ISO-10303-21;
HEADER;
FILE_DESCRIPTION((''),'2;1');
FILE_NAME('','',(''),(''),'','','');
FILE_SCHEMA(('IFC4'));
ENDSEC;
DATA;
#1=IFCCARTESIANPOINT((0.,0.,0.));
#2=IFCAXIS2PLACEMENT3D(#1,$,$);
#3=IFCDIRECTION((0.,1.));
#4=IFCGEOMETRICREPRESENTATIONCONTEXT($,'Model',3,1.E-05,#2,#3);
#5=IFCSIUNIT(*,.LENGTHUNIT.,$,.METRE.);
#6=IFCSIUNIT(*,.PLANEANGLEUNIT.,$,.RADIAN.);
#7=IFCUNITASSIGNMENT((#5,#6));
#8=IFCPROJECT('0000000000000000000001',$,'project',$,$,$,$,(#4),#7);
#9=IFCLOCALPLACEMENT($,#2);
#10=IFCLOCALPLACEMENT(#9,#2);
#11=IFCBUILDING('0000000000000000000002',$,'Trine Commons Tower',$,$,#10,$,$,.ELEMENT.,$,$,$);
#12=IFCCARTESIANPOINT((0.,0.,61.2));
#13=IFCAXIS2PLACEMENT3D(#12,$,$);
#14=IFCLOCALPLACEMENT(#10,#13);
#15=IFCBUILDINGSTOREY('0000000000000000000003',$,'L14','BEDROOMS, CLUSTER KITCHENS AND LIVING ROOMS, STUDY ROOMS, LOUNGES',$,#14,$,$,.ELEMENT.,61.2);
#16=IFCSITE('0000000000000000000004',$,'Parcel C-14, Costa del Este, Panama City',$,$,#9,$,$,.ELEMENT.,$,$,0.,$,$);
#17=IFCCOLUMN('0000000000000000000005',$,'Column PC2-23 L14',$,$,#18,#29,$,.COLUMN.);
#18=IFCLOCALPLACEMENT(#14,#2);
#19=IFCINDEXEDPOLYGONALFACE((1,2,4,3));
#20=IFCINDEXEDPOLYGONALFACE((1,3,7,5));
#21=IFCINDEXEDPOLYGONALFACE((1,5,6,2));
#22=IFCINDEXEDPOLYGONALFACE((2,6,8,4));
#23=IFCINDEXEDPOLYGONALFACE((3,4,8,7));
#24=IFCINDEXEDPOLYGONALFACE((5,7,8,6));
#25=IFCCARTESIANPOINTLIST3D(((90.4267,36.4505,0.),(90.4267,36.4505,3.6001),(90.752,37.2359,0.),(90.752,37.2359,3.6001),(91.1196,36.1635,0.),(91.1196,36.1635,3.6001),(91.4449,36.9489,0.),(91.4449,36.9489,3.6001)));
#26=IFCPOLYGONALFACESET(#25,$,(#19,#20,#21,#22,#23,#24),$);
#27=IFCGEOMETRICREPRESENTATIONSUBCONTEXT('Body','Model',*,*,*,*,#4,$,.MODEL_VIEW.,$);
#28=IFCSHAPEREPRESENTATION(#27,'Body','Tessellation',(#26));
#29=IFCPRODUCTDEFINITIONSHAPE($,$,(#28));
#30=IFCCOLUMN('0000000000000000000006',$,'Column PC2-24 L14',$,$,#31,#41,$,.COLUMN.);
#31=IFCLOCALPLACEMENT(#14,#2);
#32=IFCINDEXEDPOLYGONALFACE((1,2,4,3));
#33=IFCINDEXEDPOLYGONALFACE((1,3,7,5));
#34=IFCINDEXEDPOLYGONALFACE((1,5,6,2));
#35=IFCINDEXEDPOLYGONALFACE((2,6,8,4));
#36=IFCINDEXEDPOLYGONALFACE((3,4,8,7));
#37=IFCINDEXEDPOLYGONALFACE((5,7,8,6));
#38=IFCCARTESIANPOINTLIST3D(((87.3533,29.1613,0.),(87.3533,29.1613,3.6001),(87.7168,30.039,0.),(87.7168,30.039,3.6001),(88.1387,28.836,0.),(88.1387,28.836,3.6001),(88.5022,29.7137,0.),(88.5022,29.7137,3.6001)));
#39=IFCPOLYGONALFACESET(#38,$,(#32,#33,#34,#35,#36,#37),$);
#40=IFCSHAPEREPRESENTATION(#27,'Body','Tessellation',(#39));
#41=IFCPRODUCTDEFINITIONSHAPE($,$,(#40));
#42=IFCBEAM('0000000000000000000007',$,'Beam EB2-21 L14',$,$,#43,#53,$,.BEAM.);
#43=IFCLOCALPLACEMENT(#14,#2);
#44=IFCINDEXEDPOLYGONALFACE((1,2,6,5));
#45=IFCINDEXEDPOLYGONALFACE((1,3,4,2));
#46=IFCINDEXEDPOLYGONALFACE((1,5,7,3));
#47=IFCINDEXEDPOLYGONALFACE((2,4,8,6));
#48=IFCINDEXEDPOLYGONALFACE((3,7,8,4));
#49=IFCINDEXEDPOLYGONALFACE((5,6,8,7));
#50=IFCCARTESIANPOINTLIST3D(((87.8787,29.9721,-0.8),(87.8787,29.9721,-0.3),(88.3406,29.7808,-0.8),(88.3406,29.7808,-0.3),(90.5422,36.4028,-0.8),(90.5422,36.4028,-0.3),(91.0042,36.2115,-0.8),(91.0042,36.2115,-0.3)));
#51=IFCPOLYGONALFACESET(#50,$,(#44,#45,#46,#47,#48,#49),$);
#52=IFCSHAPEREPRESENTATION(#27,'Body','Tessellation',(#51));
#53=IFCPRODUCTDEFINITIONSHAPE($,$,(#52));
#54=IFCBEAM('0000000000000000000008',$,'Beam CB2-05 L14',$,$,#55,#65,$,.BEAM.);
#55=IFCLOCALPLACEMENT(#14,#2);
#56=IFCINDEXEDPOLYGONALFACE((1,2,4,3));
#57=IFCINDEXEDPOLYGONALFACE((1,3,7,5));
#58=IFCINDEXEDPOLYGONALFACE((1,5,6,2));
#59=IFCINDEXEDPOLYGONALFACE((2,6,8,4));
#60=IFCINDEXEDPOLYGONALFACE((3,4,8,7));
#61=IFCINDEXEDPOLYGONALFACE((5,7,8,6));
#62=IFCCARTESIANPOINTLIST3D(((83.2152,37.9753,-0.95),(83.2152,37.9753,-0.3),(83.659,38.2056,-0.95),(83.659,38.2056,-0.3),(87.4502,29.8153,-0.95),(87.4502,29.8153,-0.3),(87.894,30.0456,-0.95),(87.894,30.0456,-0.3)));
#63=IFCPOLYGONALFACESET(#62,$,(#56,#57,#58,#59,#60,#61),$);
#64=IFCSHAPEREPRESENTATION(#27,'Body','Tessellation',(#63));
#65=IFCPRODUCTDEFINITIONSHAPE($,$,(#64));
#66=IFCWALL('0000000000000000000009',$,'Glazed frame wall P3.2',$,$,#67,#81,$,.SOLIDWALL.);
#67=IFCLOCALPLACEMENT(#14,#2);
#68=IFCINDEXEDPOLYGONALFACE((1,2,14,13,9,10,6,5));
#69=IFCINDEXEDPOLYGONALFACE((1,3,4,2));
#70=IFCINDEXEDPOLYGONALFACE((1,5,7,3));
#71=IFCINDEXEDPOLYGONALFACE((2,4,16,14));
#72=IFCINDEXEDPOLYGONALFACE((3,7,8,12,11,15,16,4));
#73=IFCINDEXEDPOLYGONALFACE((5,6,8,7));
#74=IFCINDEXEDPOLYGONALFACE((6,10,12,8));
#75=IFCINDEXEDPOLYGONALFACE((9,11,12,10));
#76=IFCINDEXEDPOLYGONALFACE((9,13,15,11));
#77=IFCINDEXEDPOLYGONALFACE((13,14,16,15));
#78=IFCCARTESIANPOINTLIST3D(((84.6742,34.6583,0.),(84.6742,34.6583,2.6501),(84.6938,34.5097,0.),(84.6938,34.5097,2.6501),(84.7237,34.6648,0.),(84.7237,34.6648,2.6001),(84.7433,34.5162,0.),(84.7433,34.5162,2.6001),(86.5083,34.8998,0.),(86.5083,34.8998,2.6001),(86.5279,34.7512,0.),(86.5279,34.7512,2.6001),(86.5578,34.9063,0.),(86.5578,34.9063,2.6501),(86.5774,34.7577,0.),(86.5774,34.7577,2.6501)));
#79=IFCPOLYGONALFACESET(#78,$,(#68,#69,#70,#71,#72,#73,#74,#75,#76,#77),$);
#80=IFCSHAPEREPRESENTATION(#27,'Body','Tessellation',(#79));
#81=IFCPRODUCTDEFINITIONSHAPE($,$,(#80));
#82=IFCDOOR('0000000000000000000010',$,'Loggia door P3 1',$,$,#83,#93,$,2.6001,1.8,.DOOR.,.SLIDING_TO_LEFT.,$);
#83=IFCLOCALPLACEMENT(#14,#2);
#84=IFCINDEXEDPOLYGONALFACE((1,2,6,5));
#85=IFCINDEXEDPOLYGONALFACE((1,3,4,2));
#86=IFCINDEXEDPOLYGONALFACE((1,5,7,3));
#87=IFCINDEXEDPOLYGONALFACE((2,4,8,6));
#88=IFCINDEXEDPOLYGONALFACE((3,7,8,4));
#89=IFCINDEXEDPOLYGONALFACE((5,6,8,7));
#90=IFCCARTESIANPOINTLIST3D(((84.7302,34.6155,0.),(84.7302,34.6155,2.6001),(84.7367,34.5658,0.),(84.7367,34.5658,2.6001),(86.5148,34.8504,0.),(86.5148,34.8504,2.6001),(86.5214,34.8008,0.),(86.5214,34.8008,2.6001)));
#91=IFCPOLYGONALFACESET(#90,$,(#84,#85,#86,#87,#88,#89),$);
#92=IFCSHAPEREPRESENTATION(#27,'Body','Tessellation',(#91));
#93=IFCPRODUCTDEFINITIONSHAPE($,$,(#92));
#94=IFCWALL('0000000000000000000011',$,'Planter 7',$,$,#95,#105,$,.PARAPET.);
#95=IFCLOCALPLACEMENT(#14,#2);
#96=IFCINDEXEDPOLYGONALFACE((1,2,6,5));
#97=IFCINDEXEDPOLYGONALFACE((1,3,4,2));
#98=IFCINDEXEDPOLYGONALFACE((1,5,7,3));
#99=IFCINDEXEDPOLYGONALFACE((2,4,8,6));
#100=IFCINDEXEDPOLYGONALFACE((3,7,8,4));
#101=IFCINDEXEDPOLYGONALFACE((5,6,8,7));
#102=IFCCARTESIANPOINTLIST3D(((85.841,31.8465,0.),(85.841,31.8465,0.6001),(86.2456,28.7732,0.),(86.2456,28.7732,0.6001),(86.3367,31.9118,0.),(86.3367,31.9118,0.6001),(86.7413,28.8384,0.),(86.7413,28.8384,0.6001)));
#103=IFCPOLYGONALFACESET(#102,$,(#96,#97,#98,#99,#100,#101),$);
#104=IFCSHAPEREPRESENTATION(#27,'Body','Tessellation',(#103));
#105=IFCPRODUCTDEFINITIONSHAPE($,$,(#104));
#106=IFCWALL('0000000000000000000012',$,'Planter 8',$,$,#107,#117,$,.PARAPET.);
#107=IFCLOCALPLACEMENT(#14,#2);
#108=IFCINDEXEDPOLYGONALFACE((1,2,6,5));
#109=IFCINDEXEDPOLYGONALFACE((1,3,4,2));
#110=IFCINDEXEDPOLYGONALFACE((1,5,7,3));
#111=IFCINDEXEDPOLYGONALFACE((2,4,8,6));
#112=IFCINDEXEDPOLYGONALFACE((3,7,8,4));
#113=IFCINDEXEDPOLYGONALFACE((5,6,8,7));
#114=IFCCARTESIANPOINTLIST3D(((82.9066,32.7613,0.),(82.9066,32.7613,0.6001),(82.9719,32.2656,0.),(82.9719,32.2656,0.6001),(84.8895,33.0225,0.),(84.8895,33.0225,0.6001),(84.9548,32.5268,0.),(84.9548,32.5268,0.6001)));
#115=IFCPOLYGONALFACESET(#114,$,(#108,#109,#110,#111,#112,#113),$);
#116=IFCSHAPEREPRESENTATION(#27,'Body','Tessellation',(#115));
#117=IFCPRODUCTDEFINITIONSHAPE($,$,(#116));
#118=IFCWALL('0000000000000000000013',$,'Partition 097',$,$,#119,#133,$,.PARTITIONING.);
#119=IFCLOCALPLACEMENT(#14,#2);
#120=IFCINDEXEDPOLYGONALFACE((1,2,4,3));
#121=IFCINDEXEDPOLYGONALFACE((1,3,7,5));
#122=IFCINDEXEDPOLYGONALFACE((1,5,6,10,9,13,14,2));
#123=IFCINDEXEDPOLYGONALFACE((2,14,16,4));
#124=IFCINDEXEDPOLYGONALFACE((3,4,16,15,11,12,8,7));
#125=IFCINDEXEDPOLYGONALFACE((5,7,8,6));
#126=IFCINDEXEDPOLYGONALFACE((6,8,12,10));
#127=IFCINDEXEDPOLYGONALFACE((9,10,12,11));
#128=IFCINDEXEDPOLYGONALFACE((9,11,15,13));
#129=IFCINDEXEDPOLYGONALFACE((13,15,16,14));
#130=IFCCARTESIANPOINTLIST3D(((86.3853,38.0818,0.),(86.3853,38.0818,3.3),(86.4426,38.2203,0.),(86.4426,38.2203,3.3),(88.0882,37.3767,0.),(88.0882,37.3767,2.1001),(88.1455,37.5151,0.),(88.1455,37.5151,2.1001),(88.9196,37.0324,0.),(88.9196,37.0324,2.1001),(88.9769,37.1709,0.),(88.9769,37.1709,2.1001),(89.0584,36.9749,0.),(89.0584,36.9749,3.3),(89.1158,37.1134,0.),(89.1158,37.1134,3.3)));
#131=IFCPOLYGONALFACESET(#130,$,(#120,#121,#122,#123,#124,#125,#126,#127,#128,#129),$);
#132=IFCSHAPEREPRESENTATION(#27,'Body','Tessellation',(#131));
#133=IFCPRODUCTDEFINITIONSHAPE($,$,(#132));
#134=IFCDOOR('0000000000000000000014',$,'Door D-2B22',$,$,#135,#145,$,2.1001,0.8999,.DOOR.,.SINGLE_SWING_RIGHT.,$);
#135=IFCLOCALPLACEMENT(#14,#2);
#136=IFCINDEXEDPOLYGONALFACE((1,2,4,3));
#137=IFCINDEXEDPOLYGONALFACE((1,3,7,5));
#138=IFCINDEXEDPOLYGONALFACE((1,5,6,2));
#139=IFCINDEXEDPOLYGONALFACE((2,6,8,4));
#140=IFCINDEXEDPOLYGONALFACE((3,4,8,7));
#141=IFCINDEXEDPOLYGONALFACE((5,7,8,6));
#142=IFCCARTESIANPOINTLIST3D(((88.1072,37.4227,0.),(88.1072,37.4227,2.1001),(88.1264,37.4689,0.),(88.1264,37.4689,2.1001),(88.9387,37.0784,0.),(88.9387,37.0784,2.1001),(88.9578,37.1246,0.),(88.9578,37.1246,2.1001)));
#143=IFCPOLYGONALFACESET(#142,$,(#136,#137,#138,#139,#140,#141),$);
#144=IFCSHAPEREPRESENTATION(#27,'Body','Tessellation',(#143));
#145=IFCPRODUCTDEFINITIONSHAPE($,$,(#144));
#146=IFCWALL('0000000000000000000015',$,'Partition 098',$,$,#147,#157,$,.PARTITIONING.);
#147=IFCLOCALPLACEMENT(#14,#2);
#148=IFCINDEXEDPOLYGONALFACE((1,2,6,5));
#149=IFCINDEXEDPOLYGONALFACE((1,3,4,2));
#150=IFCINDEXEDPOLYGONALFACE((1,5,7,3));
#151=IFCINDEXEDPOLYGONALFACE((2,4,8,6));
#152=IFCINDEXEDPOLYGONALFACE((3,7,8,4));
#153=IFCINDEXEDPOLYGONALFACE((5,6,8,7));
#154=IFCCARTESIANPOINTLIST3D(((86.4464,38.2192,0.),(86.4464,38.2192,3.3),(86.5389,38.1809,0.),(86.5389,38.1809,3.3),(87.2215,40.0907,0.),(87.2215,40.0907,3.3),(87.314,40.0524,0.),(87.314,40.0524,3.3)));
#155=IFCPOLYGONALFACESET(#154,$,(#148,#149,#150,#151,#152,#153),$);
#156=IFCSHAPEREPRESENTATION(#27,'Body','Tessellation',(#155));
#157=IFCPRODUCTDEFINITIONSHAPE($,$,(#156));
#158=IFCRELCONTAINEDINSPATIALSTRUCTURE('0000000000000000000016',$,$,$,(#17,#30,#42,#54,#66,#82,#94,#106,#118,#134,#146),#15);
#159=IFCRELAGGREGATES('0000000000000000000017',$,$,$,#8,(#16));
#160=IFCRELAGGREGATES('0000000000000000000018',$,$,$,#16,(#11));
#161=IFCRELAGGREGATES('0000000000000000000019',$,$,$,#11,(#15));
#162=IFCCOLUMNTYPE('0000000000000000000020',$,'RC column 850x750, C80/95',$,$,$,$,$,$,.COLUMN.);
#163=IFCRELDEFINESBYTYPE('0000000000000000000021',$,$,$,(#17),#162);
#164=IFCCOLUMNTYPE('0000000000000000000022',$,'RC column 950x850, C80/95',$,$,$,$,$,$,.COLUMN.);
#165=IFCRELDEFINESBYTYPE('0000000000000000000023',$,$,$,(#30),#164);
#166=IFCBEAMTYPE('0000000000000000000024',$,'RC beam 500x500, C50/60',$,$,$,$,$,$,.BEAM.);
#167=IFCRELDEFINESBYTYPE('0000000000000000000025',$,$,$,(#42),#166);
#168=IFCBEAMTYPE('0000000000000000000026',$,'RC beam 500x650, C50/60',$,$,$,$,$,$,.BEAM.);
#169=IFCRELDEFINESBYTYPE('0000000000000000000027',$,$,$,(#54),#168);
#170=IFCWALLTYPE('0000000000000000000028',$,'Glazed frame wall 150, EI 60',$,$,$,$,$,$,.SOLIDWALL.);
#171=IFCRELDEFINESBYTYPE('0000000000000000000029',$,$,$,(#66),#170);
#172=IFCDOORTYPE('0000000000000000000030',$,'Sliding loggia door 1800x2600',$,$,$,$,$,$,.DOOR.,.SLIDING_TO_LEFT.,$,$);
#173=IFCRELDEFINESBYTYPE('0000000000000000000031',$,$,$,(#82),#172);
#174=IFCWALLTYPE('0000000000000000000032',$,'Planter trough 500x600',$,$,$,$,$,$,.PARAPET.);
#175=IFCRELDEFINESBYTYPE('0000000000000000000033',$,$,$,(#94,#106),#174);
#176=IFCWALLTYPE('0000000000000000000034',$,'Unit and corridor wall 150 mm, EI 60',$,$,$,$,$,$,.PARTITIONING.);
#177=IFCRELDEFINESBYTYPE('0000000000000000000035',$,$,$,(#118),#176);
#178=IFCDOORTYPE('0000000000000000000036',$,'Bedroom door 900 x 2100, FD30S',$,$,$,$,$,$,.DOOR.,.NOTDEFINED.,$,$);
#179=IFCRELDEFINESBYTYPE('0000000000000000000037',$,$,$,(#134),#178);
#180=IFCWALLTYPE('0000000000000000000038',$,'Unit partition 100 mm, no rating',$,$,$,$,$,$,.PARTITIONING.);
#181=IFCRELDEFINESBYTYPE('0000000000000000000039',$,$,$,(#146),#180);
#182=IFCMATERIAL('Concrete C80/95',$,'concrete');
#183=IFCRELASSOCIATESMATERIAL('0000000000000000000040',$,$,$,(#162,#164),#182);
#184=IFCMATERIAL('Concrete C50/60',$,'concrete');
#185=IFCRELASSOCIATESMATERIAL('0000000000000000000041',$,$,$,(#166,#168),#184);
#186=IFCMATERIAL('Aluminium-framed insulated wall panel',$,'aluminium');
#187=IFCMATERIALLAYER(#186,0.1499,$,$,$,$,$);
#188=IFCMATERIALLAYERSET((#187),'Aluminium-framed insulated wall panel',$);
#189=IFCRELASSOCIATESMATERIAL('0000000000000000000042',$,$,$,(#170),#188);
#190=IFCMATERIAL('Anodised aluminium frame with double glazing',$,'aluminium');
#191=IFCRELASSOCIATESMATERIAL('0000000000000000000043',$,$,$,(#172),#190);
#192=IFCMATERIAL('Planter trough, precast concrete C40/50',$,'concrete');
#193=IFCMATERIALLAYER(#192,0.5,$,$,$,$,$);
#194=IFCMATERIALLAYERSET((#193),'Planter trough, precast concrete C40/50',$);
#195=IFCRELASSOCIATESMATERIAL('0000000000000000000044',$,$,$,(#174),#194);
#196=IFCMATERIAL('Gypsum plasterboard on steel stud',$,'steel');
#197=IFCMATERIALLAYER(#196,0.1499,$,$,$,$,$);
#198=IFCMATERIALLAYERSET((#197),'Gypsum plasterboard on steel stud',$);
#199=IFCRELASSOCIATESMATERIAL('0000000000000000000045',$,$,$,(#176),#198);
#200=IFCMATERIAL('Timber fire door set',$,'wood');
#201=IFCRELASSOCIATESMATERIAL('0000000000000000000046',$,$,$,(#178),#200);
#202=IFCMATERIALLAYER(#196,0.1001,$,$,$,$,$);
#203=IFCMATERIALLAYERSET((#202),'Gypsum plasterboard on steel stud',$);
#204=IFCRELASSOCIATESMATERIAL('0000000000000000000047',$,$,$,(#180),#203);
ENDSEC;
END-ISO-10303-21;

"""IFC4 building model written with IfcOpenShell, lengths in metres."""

from ifc_helpers import new_model, si_unit, direction, frame, frame_2d, origin, origin_2d, place, context, subcontext, project, spatial, polyline, rectangle, outline, extrude, material, layer, layer_set, material_profile, profile_set, type_object, element, fill, save


model = new_model("IFC4")

# Units and contexts
model_context = context("Model", 3, precision=1e-05, world=origin(), true_north=direction((0.0, 1.0)))
body_context = subcontext(model_context, "Body", "Model", "MODEL_VIEW")
ifc_project = project(units=[si_unit("LENGTHUNIT", "METRE"), si_unit("PLANEANGLEUNIT", "RADIAN")], contexts=[model_context])

# Site, building, storey
site_placement = place(None, origin())
site = spatial("IfcSite", under=ifc_project, at=site_placement, Name="Parcel C-14, Costa del Este, Panama City", CompositionType="ELEMENT", RefElevation=0.0)
building_placement = place(site_placement, origin())
building = spatial("IfcBuilding", under=site, at=building_placement, Name="Trine Commons Tower", CompositionType="ELEMENT")
storey_placement = place(building_placement, frame((0.0, 0.0, 61.2)))
storey = spatial("IfcBuildingStorey", under=building, at=storey_placement, Name="L14", Description="BEDROOMS, CLUSTER KITCHENS AND LIVING ROOMS, STUDY ROOMS, LOUNGES", CompositionType="ELEMENT", Elevation=61.2)

# Columns
ifc_material_1 = material(Name="Concrete C80/95", Category="concrete")
ifc_material_profile_1 = material_profile(ifc_material_1, rectangle(XDim=0.8501, YDim=0.75, at=origin_2d()), Name="RC 850x750")
ifc_profile_set_1 = profile_set([ifc_material_profile_1], Name="Concrete C80/95")
column_type_1 = type_object("IfcColumnType", Name="RC column 850x750, C80/95", PredefinedType="COLUMN", material=ifc_profile_set_1)
column_1_placement = place(storey_placement, frame((90.9358, 36.6997, 0.0), z_axis=(0.0, 0.0, 1.0), x_axis=(0.382683, 0.92388, 0.0)))
element("IfcColumn", 1, at=column_1_placement, inside=storey, type_object=column_type_1, Name="Column PC2-23 L14", PredefinedType="COLUMN", context=body_context, shape_type="SweptSolid", body=[
    extrude(rectangle(XDim=0.8501, YDim=0.75, at=origin_2d()), origin(), (0.0, 0.0, 1.0), 3.6001),
])
ifc_material_profile_2 = material_profile(ifc_material_1, rectangle(XDim=0.95, YDim=0.8501, at=origin_2d()), Name="RC 950x850")
ifc_profile_set_2 = profile_set([ifc_material_profile_2], Name="Concrete C80/95")
column_type_2 = type_object("IfcColumnType", Name="RC column 950x850, C80/95", PredefinedType="COLUMN", material=ifc_profile_set_2)
column_2_placement = place(storey_placement, frame((87.9277, 29.4375, 0.0), z_axis=(0.0, 0.0, 1.0), x_axis=(0.382683, 0.92388, 0.0)))
element("IfcColumn", 2, at=column_2_placement, inside=storey, type_object=column_type_2, Name="Column PC2-24 L14", PredefinedType="COLUMN", context=body_context, shape_type="SweptSolid", body=[
    extrude(rectangle(XDim=0.95, YDim=0.8501, at=origin_2d()), origin(), (0.0, 0.0, 1.0), 3.6001),
])

# Beams
ifc_material_2 = material(Name="Concrete C50/60", Category="concrete")
ifc_material_profile_3 = material_profile(ifc_material_2, rectangle(XDim=0.5, YDim=0.5, at=origin_2d()), Name="RC 500x500")
ifc_profile_set_3 = profile_set([ifc_material_profile_3], Name="Concrete C50/60")
beam_type_1 = type_object("IfcBeamType", Name="RC beam 500x500, C50/60", PredefinedType="BEAM", material=ifc_profile_set_3)
beam_1_placement = place(storey_placement, frame((90.7732, 36.3071, -0.55), z_axis=(-0.382672, -0.923884, 0.0), x_axis=(0.923884, -0.382672, 0.0)))
element("IfcBeam", 3, at=beam_1_placement, inside=storey, type_object=beam_type_1, Name="Beam EB2-21 L14", PredefinedType="BEAM", context=body_context, shape_type="SweptSolid", body=[
    extrude(rectangle(XDim=0.5, YDim=0.5, at=origin_2d()), origin(), (0.0, 0.0, 1.0), 6.9604),
])
ifc_material_profile_4 = material_profile(ifc_material_2, rectangle(XDim=0.5, YDim=0.6499, at=origin_2d()), Name="RC 500x650")
ifc_profile_set_4 = profile_set([ifc_material_profile_4], Name="Concrete C50/60")
beam_type_2 = type_object("IfcBeamType", Name="RC beam 500x650, C50/60", PredefinedType="BEAM", material=ifc_profile_set_4)
beam_2_placement = place(storey_placement, frame((87.6721, 29.9304, -0.625), z_axis=(-0.460653, 0.88758, 0.0), x_axis=(-0.88758, -0.460653, 0.0)))
element("IfcBeam", 4, at=beam_2_placement, inside=storey, type_object=beam_type_2, Name="Beam CB2-05 L14", PredefinedType="BEAM", context=body_context, shape_type="SweptSolid", body=[
    extrude(rectangle(XDim=0.5, YDim=0.6499, at=origin_2d()), origin(), (0.0, 0.0, 1.0), 9.1936),
])

# Shared definitions
ifc_material_3 = material(Name="Aluminium-framed insulated wall panel", Category="aluminium")
ifc_layer_1 = layer(ifc_material_3, 0.1499)
ifc_layer_set_1 = layer_set([ifc_layer_1], Name="Aluminium-framed insulated wall panel")
wall_type_1 = type_object("IfcWallType", Name="Glazed frame wall 150, EI 60", PredefinedType="SOLIDWALL", material=ifc_layer_set_1)

# Wall, opening, door
wall_1_placement = place(storey_placement, frame((86.5676, 34.832, 0.0), z_axis=(0.0, 0.0, 1.0), x_axis=(-0.991442, -0.130548, 0.0)))
wall_1 = element("IfcWall", 5, at=wall_1_placement, inside=storey, type_object=wall_type_1, Name="Glazed frame wall P3.2", PredefinedType="SOLIDWALL", context=body_context, shape_type="SweptSolid", body=[
    extrude(outline(polyline([(0.0, -0.075), (1.8999, -0.075), (1.8999, 0.075), (0.0, 0.075), (0.0, -0.075)])), origin(), (0.0, 0.0, 1.0), 2.6501),
])
opening_1_placement = place(wall_1_placement, frame((0.05, 0.0, 0.0)))
opening_1 = element("IfcOpeningElement", 6, at=opening_1_placement, cuts=wall_1, PredefinedType="OPENING", context=body_context, shape_type="SweptSolid", body=[
    extrude(rectangle(XDim=1.8, YDim=2.6001, at=frame_2d((0.8999, 1.3))), frame((0.0, 0.085, 0.0), z_axis=(0.0, -1.0, 0.0), x_axis=(1.0, 0.0, 0.0)), (0.0, 0.0, 1.0), 0.1699),
])
ifc_material_4 = material(Name="Anodised aluminium frame with double glazing", Category="aluminium")
door_type_1 = type_object("IfcDoorType", Name="Sliding loggia door 1800x2600", OperationType="SLIDING_TO_LEFT", PredefinedType="DOOR", material=ifc_material_4)
door_1_placement = place(opening_1_placement, origin())
door_1 = element("IfcDoor", 7, at=door_1_placement, inside=storey, type_object=door_type_1, Name="Loggia door P3 1", OperationType="SLIDING_TO_LEFT", OverallHeight=2.6001, OverallWidth=1.8, PredefinedType="DOOR", context=body_context, shape_type="SweptSolid", body=[
    extrude(rectangle(XDim=1.8, YDim=2.6001, at=frame_2d((0.8999, 1.3))), frame((0.0, 0.0249, 0.0), z_axis=(0.0, -1.0, 0.0), x_axis=(1.0, 0.0, 0.0)), (0.0, 0.0, 1.0), 0.05),
])
fill(opening_1, door_1)

# Walls
ifc_material_5 = material(Name="Planter trough, precast concrete C40/50", Category="concrete")
ifc_layer_2 = layer(ifc_material_5, 0.5)
ifc_layer_set_2 = layer_set([ifc_layer_2], Name="Planter trough, precast concrete C40/50")
wall_type_2 = type_object("IfcWallType", Name="Planter trough 500x600", PredefinedType="PARAPET", material=ifc_layer_set_2)
wall_2_placement = place(storey_placement, frame((86.4934, 28.8059, 0.0), z_axis=(0.0, 0.0, 1.0), x_axis=(-0.130507, 0.991447, 0.0)))
element("IfcWall", 8, at=wall_2_placement, inside=storey, type_object=wall_type_2, Name="Planter 7", PredefinedType="PARAPET", context=body_context, shape_type="SweptSolid", body=[
    extrude(rectangle(XDim=3.0999, YDim=0.5, at=frame_2d((1.5498, 0.0))), origin(), (0.0, 0.0, 1.0), 0.6001),
])
wall_3_placement = place(storey_placement, frame((84.9221, 32.7747, 0.0), z_axis=(0.0, 0.0, 1.0), x_axis=(-0.991434, -0.130612, 0.0)))
element("IfcWall", 9, at=wall_3_placement, inside=storey, type_object=wall_type_2, Name="Planter 8", PredefinedType="PARAPET", context=body_context, shape_type="SweptSolid", body=[
    extrude(rectangle(XDim=2.0, YDim=0.5, at=frame_2d((1.0, 0.0))), origin(), (0.0, 0.0, 1.0), 0.6001),
])

# Wall, opening, door
ifc_material_6 = material(Name="Gypsum plasterboard on steel stud", Category="steel")
ifc_layer_3 = layer(ifc_material_6, 0.1499)
ifc_layer_set_3 = layer_set([ifc_layer_3], Name="Gypsum plasterboard on steel stud")
wall_type_3 = type_object("IfcWallType", Name="Unit and corridor wall 150 mm, EI 60", PredefinedType="PARTITIONING", material=ifc_layer_set_3)
wall_4_placement = place(storey_placement, frame((86.4138, 38.1511, 0.0), z_axis=(0.0, 0.0, 1.0), x_axis=(0.923916, -0.382595, 0.0)))
wall_4 = element("IfcWall", 10, at=wall_4_placement, inside=storey, type_object=wall_type_3, Name="Partition 097", PredefinedType="PARTITIONING", context=body_context, shape_type="SweptSolid", body=[
    extrude(rectangle(XDim=2.8933, YDim=0.1499, at=frame_2d((1.4468, 0.0))), origin(), (0.0, 0.0, 1.0), 3.3),
])
opening_2_placement = place(wall_4_placement, frame((1.8433, 0.0, 0.0)))
opening_2 = element("IfcOpeningElement", 11, at=opening_2_placement, cuts=wall_4, PredefinedType="OPENING", context=body_context, shape_type="SweptSolid", body=[
    extrude(rectangle(XDim=0.8999, YDim=2.1001, at=frame_2d((0.45, 1.05))), frame((0.0, 0.085, 0.0), z_axis=(0.0, -1.0, 0.0), x_axis=(1.0, 0.0, 0.0)), (0.0, 0.0, 1.0), 0.1699),
])
ifc_material_7 = material(Name="Timber fire door set", Category="wood")
door_type_2 = type_object("IfcDoorType", Name="Bedroom door 900 x 2100, FD30S", OperationType="NOTDEFINED", PredefinedType="DOOR", material=ifc_material_7)
door_2_placement = place(opening_2_placement, origin())
door_2 = element("IfcDoor", 12, at=door_2_placement, inside=storey, type_object=door_type_2, Name="Door D-2B22", OperationType="SINGLE_SWING_RIGHT", OverallHeight=2.1001, OverallWidth=0.8999, PredefinedType="DOOR", context=body_context, shape_type="SweptSolid", body=[
    extrude(rectangle(XDim=0.8999, YDim=2.1001, at=frame_2d((0.45, 1.05))), frame((0.0, 0.0249, 0.0), z_axis=(0.0, -1.0, 0.0), x_axis=(1.0, 0.0, 0.0)), (0.0, 0.0, 1.0), 0.05),
])
fill(opening_2, door_2)

# Wall
ifc_layer_4 = layer(ifc_material_6, 0.1001)
ifc_layer_set_4 = layer_set([ifc_layer_4], Name="Gypsum plasterboard on steel stud")
wall_type_4 = type_object("IfcWallType", Name="Unit partition 100 mm, no rating", PredefinedType="PARTITIONING", material=ifc_layer_set_4)
wall_5_placement = place(storey_placement, frame((86.4927, 38.2002, 0.0), z_axis=(0.0, 0.0, 1.0), x_axis=(0.382646, 0.923895, 0.0)))
element("IfcWall", 13, at=wall_5_placement, inside=storey, type_object=wall_type_4, Name="Partition 098", PredefinedType="PARTITIONING", context=body_context, shape_type="SweptSolid", body=[
    extrude(rectangle(XDim=2.0256, YDim=0.1001, at=frame_2d((1.0127, 0.0))), origin(), (0.0, 0.0, 1.0), 3.3),
])

save(model, "model.ifc")
